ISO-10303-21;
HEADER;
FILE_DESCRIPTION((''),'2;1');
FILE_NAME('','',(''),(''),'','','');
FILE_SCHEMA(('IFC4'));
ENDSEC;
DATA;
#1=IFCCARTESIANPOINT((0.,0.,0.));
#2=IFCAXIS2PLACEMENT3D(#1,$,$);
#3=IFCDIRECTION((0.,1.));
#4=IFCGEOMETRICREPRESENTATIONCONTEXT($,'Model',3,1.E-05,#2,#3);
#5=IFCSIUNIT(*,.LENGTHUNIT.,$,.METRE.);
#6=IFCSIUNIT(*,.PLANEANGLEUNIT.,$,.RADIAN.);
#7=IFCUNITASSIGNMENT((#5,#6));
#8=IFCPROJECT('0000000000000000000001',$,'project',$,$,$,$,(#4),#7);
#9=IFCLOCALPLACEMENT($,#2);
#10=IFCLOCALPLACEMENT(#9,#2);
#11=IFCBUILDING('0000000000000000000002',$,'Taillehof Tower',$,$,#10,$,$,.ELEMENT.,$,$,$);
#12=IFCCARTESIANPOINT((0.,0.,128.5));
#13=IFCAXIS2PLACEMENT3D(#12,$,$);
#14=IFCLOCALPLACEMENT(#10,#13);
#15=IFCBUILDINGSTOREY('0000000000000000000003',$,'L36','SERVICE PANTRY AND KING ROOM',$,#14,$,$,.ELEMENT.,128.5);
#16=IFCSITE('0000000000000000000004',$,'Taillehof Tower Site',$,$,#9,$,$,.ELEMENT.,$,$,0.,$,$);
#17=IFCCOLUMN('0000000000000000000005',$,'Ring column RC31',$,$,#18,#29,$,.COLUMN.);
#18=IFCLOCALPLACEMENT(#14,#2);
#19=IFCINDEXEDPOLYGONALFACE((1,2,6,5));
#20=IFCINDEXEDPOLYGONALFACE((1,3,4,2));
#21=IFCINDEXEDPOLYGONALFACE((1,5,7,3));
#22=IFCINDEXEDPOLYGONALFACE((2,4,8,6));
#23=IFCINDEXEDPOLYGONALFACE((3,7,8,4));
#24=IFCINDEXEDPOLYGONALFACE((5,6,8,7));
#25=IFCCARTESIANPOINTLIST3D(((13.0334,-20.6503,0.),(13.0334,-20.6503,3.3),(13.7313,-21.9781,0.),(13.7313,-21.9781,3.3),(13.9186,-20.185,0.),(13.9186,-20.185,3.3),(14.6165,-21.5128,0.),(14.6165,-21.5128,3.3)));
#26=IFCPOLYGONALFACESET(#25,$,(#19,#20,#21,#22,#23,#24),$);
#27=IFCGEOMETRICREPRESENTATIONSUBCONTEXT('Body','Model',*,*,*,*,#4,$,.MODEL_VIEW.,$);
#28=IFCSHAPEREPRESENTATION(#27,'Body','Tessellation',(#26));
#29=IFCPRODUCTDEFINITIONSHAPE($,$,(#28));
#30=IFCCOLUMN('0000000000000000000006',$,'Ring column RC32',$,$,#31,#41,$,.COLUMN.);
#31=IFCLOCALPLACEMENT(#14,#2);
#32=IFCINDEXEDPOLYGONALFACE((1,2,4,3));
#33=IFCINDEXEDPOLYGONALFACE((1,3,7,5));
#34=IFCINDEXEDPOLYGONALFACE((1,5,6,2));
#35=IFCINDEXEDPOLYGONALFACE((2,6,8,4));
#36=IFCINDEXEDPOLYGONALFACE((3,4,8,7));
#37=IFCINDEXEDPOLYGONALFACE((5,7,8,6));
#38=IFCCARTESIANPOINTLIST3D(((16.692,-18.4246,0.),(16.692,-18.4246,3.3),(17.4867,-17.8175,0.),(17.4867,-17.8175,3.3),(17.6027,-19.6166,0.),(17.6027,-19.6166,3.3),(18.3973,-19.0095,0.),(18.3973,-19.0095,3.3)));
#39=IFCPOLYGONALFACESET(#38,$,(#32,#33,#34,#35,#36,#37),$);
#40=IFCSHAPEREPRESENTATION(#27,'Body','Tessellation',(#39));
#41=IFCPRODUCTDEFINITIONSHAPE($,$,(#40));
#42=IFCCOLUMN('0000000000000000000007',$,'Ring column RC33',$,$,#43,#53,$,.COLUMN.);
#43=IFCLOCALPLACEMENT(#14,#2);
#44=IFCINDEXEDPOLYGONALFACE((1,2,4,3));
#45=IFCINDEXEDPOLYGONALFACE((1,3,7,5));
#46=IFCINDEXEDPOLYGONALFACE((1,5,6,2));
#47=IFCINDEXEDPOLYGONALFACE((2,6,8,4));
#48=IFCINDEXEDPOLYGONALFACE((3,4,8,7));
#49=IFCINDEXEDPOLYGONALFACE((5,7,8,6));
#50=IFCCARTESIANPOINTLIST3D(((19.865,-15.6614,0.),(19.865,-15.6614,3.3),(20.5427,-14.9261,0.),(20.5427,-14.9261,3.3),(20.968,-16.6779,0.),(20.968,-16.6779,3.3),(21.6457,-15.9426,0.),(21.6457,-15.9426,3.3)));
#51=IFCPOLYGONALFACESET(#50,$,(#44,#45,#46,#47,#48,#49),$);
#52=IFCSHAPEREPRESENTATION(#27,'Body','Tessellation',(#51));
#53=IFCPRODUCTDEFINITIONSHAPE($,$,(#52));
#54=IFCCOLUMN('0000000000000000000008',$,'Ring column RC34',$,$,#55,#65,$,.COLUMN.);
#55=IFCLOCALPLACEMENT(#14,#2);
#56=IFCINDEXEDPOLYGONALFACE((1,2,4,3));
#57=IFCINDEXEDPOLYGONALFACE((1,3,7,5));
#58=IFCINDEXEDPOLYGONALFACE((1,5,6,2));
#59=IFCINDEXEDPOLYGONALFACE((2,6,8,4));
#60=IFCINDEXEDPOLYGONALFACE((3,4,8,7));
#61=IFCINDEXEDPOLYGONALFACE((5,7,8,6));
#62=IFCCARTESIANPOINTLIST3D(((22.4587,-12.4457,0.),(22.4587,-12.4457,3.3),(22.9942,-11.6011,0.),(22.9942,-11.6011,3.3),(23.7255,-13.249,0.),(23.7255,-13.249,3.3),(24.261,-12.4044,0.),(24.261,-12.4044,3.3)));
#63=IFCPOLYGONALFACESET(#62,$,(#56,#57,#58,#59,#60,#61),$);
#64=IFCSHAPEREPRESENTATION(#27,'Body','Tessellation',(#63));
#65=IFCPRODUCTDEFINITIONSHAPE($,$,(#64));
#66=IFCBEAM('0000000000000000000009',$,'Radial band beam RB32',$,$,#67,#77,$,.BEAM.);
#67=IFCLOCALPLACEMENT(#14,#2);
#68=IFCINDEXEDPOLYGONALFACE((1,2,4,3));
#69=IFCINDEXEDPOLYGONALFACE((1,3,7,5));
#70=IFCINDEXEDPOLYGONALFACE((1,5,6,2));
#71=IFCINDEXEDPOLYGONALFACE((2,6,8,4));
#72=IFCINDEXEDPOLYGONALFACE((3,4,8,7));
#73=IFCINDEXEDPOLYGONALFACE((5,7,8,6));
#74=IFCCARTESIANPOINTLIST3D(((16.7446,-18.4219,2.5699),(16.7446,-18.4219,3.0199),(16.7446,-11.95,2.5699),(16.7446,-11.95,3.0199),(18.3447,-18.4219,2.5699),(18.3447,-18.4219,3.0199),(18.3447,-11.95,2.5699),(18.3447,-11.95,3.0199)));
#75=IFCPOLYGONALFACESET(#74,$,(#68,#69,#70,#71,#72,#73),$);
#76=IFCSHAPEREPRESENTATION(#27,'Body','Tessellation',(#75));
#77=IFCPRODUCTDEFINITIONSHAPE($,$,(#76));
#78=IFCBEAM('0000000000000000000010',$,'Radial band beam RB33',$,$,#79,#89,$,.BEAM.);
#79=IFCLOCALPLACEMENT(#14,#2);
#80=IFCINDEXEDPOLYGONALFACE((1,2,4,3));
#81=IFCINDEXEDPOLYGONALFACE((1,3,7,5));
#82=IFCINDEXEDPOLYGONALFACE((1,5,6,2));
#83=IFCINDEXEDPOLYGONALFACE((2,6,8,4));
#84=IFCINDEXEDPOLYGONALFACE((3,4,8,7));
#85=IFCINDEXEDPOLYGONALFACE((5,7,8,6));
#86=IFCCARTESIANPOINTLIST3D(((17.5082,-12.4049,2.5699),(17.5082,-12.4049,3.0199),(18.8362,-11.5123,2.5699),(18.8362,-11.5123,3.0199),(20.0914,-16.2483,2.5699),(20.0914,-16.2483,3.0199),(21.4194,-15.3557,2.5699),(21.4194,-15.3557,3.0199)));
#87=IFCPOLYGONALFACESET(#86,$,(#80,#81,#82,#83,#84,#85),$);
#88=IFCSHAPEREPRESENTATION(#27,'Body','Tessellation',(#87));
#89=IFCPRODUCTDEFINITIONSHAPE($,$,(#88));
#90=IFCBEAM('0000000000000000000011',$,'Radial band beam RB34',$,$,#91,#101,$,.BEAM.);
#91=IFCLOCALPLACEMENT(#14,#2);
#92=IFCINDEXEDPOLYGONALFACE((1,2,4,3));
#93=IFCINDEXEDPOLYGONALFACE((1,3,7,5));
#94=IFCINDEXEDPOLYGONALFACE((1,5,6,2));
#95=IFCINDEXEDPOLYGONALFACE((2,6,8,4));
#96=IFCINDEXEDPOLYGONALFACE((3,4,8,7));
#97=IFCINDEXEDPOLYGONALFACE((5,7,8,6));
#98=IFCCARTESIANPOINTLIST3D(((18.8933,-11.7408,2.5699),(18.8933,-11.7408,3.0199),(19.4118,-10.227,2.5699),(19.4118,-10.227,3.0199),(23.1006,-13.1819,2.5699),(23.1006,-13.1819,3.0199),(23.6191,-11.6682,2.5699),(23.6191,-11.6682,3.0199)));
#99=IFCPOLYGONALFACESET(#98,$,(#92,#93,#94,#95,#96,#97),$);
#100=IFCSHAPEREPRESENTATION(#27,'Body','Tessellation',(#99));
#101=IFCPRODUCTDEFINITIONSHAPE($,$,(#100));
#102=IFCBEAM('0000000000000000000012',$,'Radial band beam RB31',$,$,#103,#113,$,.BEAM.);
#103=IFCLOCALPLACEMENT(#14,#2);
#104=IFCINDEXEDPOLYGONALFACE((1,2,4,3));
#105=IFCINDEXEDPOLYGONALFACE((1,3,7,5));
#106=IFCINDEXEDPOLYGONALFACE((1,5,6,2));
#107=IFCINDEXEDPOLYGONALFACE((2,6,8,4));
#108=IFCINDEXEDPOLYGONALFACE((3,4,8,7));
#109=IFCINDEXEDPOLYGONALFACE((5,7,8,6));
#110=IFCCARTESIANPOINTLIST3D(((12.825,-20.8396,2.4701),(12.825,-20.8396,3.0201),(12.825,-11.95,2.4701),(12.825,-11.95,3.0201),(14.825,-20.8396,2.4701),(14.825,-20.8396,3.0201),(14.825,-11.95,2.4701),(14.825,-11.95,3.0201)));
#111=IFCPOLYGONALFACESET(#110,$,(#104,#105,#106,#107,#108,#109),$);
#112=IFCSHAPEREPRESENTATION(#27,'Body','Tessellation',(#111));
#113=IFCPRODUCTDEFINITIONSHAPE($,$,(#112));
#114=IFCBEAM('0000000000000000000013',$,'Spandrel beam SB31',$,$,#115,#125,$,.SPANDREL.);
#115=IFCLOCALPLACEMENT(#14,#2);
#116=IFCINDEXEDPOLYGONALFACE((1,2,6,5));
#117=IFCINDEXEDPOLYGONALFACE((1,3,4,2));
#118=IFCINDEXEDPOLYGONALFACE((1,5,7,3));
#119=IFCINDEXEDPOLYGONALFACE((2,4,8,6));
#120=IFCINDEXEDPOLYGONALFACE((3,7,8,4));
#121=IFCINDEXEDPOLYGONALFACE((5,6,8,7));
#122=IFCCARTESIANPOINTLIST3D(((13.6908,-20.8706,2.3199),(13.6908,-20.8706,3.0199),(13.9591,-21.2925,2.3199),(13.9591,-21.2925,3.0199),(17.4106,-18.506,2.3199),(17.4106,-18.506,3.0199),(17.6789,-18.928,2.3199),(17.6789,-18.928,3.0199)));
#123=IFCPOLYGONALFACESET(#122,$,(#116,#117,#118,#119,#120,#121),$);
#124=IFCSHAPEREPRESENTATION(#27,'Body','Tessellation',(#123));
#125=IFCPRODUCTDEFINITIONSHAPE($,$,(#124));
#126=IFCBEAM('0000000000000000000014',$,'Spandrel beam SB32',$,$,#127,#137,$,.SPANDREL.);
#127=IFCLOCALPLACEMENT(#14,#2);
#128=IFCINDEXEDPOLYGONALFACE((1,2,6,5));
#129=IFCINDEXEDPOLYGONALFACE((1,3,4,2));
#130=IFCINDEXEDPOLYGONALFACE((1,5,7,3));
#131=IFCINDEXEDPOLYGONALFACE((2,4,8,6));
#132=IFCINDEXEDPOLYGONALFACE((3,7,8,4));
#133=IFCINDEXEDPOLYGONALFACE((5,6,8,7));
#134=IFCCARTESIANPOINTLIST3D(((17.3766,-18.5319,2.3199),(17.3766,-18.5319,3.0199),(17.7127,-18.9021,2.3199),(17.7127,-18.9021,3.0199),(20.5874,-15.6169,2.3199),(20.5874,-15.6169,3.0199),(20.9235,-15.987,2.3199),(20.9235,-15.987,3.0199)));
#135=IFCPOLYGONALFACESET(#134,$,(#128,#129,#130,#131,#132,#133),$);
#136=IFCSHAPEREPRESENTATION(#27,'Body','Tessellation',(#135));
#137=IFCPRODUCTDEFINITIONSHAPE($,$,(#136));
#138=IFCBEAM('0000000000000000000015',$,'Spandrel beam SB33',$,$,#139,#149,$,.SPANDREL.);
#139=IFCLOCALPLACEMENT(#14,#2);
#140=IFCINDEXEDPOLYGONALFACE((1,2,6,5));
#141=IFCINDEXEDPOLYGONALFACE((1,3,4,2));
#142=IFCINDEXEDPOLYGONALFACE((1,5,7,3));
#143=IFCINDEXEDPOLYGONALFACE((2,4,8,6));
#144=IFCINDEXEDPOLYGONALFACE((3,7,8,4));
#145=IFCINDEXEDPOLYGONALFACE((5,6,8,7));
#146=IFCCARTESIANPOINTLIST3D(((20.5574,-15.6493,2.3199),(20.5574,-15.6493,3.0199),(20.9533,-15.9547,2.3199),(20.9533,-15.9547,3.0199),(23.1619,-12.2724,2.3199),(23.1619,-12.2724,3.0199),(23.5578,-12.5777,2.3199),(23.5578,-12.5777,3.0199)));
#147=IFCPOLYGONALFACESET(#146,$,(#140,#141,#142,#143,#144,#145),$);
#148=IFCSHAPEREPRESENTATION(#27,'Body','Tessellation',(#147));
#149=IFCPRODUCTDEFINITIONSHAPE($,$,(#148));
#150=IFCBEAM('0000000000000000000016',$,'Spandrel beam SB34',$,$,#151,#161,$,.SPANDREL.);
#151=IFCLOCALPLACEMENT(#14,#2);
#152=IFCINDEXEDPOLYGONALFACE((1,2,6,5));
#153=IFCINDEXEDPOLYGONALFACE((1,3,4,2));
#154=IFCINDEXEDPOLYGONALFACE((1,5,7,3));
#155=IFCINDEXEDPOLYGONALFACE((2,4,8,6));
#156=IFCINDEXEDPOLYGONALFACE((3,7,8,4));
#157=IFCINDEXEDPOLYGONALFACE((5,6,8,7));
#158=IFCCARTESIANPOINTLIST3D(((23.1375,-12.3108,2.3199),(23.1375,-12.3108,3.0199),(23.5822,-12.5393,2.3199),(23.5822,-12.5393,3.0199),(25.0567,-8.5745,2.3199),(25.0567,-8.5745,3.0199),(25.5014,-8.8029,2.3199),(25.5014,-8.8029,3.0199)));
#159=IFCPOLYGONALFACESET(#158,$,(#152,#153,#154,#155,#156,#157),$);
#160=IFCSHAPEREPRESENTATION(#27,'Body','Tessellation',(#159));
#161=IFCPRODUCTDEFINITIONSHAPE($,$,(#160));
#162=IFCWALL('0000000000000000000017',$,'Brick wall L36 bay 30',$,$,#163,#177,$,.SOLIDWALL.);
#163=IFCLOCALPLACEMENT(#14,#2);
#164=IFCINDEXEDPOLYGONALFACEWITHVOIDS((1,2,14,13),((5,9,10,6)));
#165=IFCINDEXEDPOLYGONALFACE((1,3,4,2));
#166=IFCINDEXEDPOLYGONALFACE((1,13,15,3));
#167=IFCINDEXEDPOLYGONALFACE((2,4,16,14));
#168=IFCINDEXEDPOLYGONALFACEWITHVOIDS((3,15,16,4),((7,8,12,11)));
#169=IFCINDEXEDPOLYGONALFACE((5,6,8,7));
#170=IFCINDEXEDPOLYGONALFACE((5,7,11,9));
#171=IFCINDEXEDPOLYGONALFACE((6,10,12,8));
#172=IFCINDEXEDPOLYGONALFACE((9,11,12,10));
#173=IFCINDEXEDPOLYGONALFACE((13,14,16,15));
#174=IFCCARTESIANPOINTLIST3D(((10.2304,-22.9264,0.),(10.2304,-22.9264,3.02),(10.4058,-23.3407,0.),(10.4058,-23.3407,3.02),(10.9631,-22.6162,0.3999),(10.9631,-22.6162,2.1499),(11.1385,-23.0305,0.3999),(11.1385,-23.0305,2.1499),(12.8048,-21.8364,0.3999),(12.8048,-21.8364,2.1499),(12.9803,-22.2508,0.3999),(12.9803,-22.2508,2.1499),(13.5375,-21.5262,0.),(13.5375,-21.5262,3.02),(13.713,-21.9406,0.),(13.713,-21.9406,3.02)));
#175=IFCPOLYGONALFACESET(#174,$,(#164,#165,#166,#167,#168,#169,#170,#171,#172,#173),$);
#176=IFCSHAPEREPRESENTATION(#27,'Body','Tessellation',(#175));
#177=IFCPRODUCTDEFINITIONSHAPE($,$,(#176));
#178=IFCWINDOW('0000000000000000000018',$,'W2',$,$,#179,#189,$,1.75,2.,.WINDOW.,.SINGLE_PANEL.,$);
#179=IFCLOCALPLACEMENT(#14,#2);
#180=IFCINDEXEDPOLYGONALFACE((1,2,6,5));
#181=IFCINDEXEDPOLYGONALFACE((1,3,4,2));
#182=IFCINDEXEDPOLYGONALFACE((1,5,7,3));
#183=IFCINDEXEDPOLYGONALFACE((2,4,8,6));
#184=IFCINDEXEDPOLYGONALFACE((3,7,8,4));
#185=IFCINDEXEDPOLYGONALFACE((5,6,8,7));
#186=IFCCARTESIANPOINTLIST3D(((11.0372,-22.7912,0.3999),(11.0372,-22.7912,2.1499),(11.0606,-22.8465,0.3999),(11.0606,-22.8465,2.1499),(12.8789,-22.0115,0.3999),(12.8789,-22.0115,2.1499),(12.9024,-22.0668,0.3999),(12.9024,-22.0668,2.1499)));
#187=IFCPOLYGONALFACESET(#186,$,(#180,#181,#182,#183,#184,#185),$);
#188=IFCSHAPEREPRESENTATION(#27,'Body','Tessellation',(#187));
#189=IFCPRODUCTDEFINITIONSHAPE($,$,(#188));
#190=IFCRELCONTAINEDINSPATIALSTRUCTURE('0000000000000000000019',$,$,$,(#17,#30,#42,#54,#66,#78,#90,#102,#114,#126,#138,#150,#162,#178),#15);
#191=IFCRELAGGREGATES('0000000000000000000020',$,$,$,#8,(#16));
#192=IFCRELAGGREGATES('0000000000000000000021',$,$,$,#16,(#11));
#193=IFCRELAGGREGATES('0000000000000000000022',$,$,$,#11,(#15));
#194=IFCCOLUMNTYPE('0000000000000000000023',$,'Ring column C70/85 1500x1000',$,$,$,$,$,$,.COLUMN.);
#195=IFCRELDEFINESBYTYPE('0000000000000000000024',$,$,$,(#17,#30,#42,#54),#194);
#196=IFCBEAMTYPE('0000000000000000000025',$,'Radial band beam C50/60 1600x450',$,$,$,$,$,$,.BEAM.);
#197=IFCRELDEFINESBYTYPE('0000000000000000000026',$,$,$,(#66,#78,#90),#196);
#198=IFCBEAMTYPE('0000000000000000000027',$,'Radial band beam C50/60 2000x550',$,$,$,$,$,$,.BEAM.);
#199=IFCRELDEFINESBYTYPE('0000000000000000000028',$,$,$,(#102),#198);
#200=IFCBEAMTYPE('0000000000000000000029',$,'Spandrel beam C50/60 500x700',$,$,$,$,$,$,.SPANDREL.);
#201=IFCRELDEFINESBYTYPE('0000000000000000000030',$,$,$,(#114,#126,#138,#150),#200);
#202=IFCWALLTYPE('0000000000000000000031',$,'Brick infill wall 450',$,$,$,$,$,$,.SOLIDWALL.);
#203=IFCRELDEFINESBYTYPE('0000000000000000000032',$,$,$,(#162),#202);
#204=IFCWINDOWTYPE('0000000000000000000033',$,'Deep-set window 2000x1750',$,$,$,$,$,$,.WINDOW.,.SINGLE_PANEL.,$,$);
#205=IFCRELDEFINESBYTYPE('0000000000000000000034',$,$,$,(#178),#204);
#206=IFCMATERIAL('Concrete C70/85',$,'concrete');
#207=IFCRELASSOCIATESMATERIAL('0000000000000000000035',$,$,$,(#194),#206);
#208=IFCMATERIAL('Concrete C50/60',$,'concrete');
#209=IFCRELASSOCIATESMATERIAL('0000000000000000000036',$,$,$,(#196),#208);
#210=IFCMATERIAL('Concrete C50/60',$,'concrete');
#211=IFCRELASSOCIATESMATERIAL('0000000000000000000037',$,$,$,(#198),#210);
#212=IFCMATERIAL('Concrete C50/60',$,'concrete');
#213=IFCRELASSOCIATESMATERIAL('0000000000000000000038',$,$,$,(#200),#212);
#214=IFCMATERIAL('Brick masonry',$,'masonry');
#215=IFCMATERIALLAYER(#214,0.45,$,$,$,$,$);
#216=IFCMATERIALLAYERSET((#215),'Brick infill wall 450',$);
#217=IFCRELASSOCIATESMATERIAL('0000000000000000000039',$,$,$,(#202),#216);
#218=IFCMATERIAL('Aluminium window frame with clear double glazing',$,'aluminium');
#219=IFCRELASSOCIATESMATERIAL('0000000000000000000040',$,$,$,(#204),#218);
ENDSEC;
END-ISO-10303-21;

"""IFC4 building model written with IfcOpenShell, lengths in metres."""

from ifc_helpers import new_model, si_unit, direction, frame, frame_2d, origin, origin_2d, place, context, subcontext, project, spatial, rectangle, extrude, material, layer, layer_set, material_profile, profile_set, type_object, element, fill, save


model = new_model("IFC4")

# Units and contexts
model_context = context("Model", 3, precision=1e-05, world=origin(), true_north=direction((0.0, 1.0)))
body_context = subcontext(model_context, "Body", "Model", "MODEL_VIEW")
ifc_project = project(units=[si_unit("LENGTHUNIT", "METRE"), si_unit("PLANEANGLEUNIT", "RADIAN")], contexts=[model_context])

# Site, building, storey
site_placement = place(None, origin())
site = spatial("IfcSite", under=ifc_project, at=site_placement, Name="Taillehof Tower Site", CompositionType="ELEMENT", RefElevation=0.0)
building_placement = place(site_placement, origin())
building = spatial("IfcBuilding", under=site, at=building_placement, Name="Taillehof Tower", CompositionType="ELEMENT")
storey_placement = place(building_placement, frame((0.0, 0.0, 128.5)))
storey = spatial("IfcBuildingStorey", under=building, at=storey_placement, Name="L36", Description="SERVICE PANTRY AND KING ROOM", CompositionType="ELEMENT", Elevation=128.5)

# Columns
ifc_material_1 = material(Name="Concrete C70/85", Category="concrete")
ifc_material_profile_1 = material_profile(ifc_material_1, rectangle(XDim=1.5, YDim=1.0, at=origin_2d()), Name="RC 1500x1000")
ifc_profile_set_1 = profile_set([ifc_material_profile_1], Name="Concrete C70/85")
column_type = type_object("IfcColumnType", Name="Ring column C70/85 1500x1000", PredefinedType="COLUMN", material=ifc_profile_set_1)
for number, where, z_axis, x_axis, name in (
    (1, (13.825, -21.0815, 0.0), (0.0, 0.0, 1.0), (0.465283, -0.885162, 0.0), "Ring column RC31"),
    (2, (17.5447, -18.717, 0.0), (0.0, 0.0, 1.0), (0.607074, -0.794645, 0.0), "Ring column RC32"),
    (3, (20.7554, -15.802, 0.0), (0.0, 0.0, 1.0), (0.735332, -0.677707, 0.0), "Ring column RC33"),
    (4, (23.3599, -12.425, 0.0), (0.0, 0.0, 1.0), (0.844511, -0.535537, 0.0), "Ring column RC34"),
):
    element("IfcColumn", number, at=place(storey_placement, frame(where, z_axis=z_axis, x_axis=x_axis)), inside=storey, type_object=column_type, Name=name, PredefinedType="COLUMN", context=body_context, shape_type="SweptSolid", body=[
        extrude(rectangle(XDim=1.5, YDim=1.0, at=origin_2d()), origin(), (0.0, 0.0, 1.0), 3.3),
    ])

# Beams
ifc_material_2 = material(Name="Concrete C50/60", Category="concrete")
ifc_material_profile_2 = material_profile(ifc_material_2, rectangle(XDim=1.6001, YDim=0.45, at=origin_2d()), Name="RC 1600x450")
ifc_profile_set_2 = profile_set([ifc_material_profile_2], Name="Concrete C50/60")
beam_type_1 = type_object("IfcBeamType", Name="Radial band beam C50/60 1600x450", PredefinedType="BEAM", material=ifc_profile_set_2)
beam_1_placement = place(storey_placement, frame((17.5447, -18.4219, 2.7949), z_axis=(0.0, 1.0, 0.0), x_axis=(-1.0, 0.0, 0.0)))
element("IfcBeam", 5, at=beam_1_placement, inside=storey, type_object=beam_type_1, Name="Radial band beam RB32", PredefinedType="BEAM", context=body_context, shape_type="SweptSolid", body=[
    extrude(rectangle(XDim=1.6001, YDim=0.45, at=origin_2d()), origin(), (0.0, 0.0, 1.0), 6.4719),
])
beam_2_placement = place(storey_placement, frame((20.7554, -15.802, 2.7949), z_axis=(-0.557823, 0.82996, 0.0), x_axis=(-0.82996, -0.557823, 0.0)))
element("IfcBeam", 6, at=beam_2_placement, inside=storey, type_object=beam_type_1, Name="Radial band beam RB33", PredefinedType="BEAM", context=body_context, shape_type="SweptSolid", body=[
    extrude(rectangle(XDim=1.6001, YDim=0.45, at=origin_2d()), origin(), (0.0, 0.0, 1.0), 4.6309),
])
beam_3_placement = place(storey_placement, frame((23.3599, -12.425, 2.7949), z_axis=(-0.946038, 0.324056, 0.0), x_axis=(-0.324056, -0.946038, 0.0)))
element("IfcBeam", 7, at=beam_3_placement, inside=storey, type_object=beam_type_1, Name="Radial band beam RB34", PredefinedType="BEAM", context=body_context, shape_type="SweptSolid", body=[
    extrude(rectangle(XDim=1.6001, YDim=0.45, at=origin_2d()), origin(), (0.0, 0.0, 1.0), 4.4473),
])
ifc_material_3 = material(Name="Concrete C50/60", Category="concrete")
ifc_material_profile_3 = material_profile(ifc_material_3, rectangle(XDim=2.0, YDim=0.55, at=origin_2d()), Name="RC 2000x550")
ifc_profile_set_3 = profile_set([ifc_material_profile_3], Name="Concrete C50/60")
beam_type_2 = type_object("IfcBeamType", Name="Radial band beam C50/60 2000x550", PredefinedType="BEAM", material=ifc_profile_set_3)
beam_4_placement = place(storey_placement, frame((13.825, -20.8396, 2.7451), z_axis=(0.0, 1.0, 0.0), x_axis=(-1.0, 0.0, 0.0)))
element("IfcBeam", 8, at=beam_4_placement, inside=storey, type_object=beam_type_2, Name="Radial band beam RB31", PredefinedType="BEAM", context=body_context, shape_type="SweptSolid", body=[
    extrude(rectangle(XDim=2.0, YDim=0.55, at=origin_2d()), origin(), (0.0, 0.0, 1.0), 8.8896),
])
ifc_material_4 = material(Name="Concrete C50/60", Category="concrete")
ifc_material_profile_4 = material_profile(ifc_material_4, rectangle(XDim=0.5, YDim=0.7, at=origin_2d()), Name="RC 500x700")
ifc_profile_set_4 = profile_set([ifc_material_profile_4], Name="Concrete C50/60")
beam_type_3 = type_object("IfcBeamType", Name="Spandrel beam C50/60 500x700", PredefinedType="SPANDREL", material=ifc_profile_set_4)
beam_5_placement = place(storey_placement, frame((13.825, -21.0815, 2.6699), z_axis=(0.843928, 0.536456, 0.0), x_axis=(-0.536456, 0.843928, 0.0)))
element("IfcBeam", 9, at=beam_5_placement, inside=storey, type_object=beam_type_3, Name="Spandrel beam SB31", PredefinedType="SPANDREL", context=body_context, shape_type="SweptSolid", body=[
    extrude(rectangle(XDim=0.5, YDim=0.7, at=origin_2d()), origin(), (0.0, 0.0, 1.0), 4.4077),
])
beam_6_placement = place(storey_placement, frame((17.5447, -18.717, 2.6699), z_axis=(0.740373, 0.672196, 0.0), x_axis=(-0.672196, 0.740373, 0.0)))
element("IfcBeam", 10, at=beam_6_placement, inside=storey, type_object=beam_type_3, Name="Spandrel beam SB32", PredefinedType="SPANDREL", context=body_context, shape_type="SweptSolid", body=[
    extrude(rectangle(XDim=0.5, YDim=0.7, at=origin_2d()), origin(), (0.0, 0.0, 1.0), 4.3367),
])
beam_7_placement = place(storey_placement, frame((20.7554, -15.802, 2.6699), z_axis=(0.610717, 0.791849, 0.0), x_axis=(-0.791849, 0.610717, 0.0)))
element("IfcBeam", 11, at=beam_7_placement, inside=storey, type_object=beam_type_3, Name="Spandrel beam SB33", PredefinedType="SPANDREL", context=body_context, shape_type="SweptSolid", body=[
    extrude(rectangle(XDim=0.5, YDim=0.7, at=origin_2d()), origin(), (0.0, 0.0, 1.0), 4.2646),
])
beam_8_placement = place(storey_placement, frame((23.3599, -12.425, 2.6699), z_axis=(0.456905, 0.889515, 0.0), x_axis=(-0.889515, 0.456905, 0.0)))
element("IfcBeam", 12, at=beam_8_placement, inside=storey, type_object=beam_type_3, Name="Spandrel beam SB34", PredefinedType="SPANDREL", context=body_context, shape_type="SweptSolid", body=[
    extrude(rectangle(XDim=0.5, YDim=0.7, at=origin_2d()), origin(), (0.0, 0.0, 1.0), 4.2004),
])

# Wall, opening, window
ifc_material_5 = material(Name="Brick masonry", Category="masonry")
ifc_layer_1 = layer(ifc_material_5, 0.45)
ifc_layer_set_1 = layer_set([ifc_layer_1], Name="Brick infill wall 450")
wall_type_1 = type_object("IfcWallType", Name="Brick infill wall 450", PredefinedType="SOLIDWALL", material=ifc_layer_set_1)
wall_1_placement = place(storey_placement, frame((10.3181, -23.1335, 0.0), z_axis=(0.0, 0.0, 1.0), x_axis=(0.92087, 0.389871, 0.0)))
wall_1 = element("IfcWall", 13, at=wall_1_placement, inside=storey, type_object=wall_type_1, Name="Brick wall L36 bay 30", PredefinedType="SOLIDWALL", context=body_context, shape_type="SweptSolid", body=[
    extrude(rectangle(XDim=3.5913, YDim=0.45, at=frame_2d((1.7957, 0.0))), origin(), (0.0, 0.0, 1.0), 3.02),
])
opening_1_placement = place(wall_1_placement, frame((0.7957, 0.0, 0.3999)))
opening_1 = element("IfcOpeningElement", 14, at=opening_1_placement, cuts=wall_1, PredefinedType="OPENING", context=body_context, shape_type="SweptSolid", body=[
    extrude(rectangle(XDim=2.0, YDim=1.75, at=frame_2d((1.0, 0.875))), frame((0.0, 0.2349, 0.0), z_axis=(0.0, -1.0, 0.0), x_axis=(1.0, 0.0, 0.0)), (0.0, 0.0, 1.0), 0.47),
])
ifc_material_6 = material(Name="Aluminium window frame with clear double glazing", Category="aluminium")
window_type_1 = type_object("IfcWindowType", Name="Deep-set window 2000x1750", PartitioningType="SINGLE_PANEL", PredefinedType="WINDOW", material=ifc_material_6)
window_1_placement = place(opening_1_placement, origin())
window_1 = element("IfcWindow", 15, at=window_1_placement, inside=storey, type_object=window_type_1, Name="W2", OverallHeight=1.75, OverallWidth=2.0, PartitioningType="SINGLE_PANEL", PredefinedType="WINDOW", context=body_context, shape_type="SweptSolid", body=[
    extrude(rectangle(XDim=2.0, YDim=1.75, at=frame_2d((1.0, 0.875))), frame((0.0, 0.0349, 0.0), z_axis=(0.0, -1.0, 0.0), x_axis=(1.0, 0.0, 0.0)), (0.0, 0.0, 1.0), 0.0601),
])
fill(opening_1, window_1)

save(model, "model.ifc")
